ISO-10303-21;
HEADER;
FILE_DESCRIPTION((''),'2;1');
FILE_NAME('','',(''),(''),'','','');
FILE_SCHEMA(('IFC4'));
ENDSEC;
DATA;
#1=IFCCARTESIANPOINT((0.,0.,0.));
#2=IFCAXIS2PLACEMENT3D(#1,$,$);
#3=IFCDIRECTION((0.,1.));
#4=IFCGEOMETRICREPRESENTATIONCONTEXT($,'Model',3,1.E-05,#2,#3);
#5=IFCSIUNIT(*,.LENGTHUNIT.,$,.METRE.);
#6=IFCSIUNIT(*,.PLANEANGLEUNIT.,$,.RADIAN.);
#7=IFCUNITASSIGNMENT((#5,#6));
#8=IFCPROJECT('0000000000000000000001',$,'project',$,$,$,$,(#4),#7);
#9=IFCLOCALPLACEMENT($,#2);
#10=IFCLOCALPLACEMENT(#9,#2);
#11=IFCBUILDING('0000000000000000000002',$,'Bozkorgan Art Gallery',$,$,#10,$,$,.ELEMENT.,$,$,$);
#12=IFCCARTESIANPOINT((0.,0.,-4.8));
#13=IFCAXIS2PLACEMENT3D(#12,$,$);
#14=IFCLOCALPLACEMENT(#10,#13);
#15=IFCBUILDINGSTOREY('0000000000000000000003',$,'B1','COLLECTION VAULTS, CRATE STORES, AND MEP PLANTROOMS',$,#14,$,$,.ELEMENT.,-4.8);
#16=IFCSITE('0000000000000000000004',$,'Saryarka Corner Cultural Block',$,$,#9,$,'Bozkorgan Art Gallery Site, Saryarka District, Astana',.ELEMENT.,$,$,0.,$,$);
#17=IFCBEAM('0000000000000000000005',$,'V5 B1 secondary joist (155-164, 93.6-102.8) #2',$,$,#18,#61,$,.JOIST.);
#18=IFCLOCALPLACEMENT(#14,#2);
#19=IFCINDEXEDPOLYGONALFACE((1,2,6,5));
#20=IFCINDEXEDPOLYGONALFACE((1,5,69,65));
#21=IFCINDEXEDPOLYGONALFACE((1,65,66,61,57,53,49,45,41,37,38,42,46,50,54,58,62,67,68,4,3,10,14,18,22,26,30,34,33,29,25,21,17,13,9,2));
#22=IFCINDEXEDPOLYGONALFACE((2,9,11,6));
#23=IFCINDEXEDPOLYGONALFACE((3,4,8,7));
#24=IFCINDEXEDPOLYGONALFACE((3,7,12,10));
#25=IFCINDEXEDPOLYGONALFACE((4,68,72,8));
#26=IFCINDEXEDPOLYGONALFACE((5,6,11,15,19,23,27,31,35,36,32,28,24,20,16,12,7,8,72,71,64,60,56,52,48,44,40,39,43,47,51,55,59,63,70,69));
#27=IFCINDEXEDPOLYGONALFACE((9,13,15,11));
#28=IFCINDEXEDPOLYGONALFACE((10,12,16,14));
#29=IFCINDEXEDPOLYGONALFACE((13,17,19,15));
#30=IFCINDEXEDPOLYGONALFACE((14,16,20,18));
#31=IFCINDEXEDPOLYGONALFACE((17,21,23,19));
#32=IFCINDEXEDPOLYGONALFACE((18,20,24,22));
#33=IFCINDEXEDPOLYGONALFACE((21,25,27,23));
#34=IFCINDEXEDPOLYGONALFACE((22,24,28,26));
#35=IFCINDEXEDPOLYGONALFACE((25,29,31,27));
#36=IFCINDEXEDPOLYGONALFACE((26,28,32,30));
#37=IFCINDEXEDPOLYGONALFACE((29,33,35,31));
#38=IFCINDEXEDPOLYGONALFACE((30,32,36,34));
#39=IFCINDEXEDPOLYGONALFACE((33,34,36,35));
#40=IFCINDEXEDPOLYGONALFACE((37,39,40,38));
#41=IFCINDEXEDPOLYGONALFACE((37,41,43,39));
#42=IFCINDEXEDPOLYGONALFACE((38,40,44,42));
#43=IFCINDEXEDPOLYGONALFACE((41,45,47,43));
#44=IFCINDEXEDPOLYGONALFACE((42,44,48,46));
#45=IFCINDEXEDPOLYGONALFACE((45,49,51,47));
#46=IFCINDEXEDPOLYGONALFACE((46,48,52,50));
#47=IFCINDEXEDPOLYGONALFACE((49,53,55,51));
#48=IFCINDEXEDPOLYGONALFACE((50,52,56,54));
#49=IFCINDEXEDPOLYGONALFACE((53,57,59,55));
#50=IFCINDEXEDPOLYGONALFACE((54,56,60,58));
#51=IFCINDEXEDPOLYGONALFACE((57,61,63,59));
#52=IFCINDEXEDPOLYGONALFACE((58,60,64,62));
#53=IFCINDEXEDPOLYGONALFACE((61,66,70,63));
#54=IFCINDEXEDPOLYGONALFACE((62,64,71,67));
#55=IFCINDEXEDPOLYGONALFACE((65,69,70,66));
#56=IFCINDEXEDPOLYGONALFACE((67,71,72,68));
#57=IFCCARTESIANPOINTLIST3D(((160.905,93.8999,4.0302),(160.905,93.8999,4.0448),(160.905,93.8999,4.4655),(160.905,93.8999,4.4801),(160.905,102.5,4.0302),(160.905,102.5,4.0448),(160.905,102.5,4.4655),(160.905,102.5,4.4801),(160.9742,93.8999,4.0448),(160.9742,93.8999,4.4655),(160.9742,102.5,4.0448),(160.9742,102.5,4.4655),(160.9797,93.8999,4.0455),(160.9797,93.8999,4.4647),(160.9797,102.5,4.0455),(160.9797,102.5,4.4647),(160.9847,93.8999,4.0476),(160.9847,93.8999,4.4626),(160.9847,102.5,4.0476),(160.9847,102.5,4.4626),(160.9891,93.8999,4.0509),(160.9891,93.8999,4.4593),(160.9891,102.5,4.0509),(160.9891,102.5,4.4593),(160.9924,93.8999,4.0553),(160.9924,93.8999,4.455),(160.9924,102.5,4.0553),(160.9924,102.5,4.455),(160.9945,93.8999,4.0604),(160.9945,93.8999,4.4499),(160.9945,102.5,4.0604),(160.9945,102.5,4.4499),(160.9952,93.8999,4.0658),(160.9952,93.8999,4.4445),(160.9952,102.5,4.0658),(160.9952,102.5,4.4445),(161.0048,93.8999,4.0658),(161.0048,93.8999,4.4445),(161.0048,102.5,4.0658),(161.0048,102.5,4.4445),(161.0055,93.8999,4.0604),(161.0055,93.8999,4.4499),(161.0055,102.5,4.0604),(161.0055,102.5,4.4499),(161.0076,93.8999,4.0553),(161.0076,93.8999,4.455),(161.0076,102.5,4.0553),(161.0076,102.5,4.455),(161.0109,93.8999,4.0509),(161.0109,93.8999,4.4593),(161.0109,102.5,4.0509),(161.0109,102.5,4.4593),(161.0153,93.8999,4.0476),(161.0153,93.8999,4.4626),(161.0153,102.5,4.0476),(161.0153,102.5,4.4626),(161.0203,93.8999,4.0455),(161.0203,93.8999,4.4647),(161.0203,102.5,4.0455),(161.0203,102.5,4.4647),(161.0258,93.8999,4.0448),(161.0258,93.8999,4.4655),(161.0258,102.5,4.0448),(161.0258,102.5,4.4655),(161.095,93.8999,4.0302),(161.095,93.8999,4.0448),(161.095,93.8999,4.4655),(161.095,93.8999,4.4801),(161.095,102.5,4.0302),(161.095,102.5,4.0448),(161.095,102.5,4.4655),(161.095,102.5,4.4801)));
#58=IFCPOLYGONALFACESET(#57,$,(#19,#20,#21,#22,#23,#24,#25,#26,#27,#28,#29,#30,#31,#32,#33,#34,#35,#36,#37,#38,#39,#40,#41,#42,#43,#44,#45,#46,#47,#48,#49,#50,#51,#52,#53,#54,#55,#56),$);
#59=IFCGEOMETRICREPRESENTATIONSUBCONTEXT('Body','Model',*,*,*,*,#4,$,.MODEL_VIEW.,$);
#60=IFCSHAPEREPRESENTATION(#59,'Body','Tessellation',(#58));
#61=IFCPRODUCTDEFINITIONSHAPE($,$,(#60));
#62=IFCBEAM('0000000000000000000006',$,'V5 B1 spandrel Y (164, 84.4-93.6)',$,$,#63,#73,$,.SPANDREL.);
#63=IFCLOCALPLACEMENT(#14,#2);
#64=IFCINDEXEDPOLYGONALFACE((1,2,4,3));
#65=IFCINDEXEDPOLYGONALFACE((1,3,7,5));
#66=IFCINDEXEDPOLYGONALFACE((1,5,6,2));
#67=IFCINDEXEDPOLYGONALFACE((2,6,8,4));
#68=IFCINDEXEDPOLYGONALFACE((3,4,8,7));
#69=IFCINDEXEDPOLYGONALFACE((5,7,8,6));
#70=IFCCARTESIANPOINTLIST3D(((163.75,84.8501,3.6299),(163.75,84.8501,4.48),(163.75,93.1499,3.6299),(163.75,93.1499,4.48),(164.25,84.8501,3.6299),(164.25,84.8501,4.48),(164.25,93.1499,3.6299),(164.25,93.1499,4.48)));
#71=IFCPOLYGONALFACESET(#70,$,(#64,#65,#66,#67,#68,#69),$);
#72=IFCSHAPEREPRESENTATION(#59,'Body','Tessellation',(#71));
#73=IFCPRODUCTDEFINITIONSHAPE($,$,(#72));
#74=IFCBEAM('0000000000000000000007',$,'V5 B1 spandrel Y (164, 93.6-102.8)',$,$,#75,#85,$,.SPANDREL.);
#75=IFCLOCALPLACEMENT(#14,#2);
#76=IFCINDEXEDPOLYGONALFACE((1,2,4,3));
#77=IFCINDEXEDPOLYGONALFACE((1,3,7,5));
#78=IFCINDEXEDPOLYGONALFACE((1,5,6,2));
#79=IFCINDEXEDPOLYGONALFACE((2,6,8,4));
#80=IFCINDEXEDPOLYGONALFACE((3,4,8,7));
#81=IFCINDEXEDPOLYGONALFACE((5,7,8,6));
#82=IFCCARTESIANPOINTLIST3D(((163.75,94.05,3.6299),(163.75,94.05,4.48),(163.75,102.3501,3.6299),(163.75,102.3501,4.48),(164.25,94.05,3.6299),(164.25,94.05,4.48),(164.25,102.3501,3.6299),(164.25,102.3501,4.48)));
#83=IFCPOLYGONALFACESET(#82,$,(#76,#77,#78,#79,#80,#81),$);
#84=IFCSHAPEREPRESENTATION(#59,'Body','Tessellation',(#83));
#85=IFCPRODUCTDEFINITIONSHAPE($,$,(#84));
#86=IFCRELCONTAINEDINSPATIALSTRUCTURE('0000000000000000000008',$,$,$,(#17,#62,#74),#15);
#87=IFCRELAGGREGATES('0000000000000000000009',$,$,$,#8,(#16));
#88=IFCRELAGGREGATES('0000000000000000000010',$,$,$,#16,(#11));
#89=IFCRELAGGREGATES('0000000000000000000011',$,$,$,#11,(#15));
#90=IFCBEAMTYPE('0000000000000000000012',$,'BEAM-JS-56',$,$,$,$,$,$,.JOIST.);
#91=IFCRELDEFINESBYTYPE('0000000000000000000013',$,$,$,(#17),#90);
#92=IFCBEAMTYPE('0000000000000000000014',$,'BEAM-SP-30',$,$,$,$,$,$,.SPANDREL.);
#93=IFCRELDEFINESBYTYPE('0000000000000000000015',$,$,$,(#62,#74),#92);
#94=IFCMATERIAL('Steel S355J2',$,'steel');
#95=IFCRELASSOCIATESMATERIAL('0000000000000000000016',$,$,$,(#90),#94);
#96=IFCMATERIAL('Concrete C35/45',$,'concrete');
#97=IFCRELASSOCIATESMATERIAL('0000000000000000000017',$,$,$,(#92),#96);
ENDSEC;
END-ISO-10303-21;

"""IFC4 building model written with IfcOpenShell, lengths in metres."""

from ifc_helpers import new_model, si_unit, direction, frame, origin, origin_2d, place, context, subcontext, project, spatial, rectangle, i_section, extrude, material, material_profile, profile_set, type_object, element, save


model = new_model("IFC4")

# Units and contexts
model_context = context("Model", 3, precision=1e-05, world=origin(), true_north=direction((0.0, 1.0)))
body_context = subcontext(model_context, "Body", "Model", "MODEL_VIEW")
ifc_project = project(units=[si_unit("LENGTHUNIT", "METRE"), si_unit("PLANEANGLEUNIT", "RADIAN")], contexts=[model_context])

# Site, building, storey
site_placement = place(None, origin())
site = spatial("IfcSite", under=ifc_project, at=site_placement, Name="Saryarka Corner Cultural Block", LongName="Bozkorgan Art Gallery Site, Saryarka District, Astana", CompositionType="ELEMENT", RefElevation=0.0)
building_placement = place(site_placement, origin())
building = spatial("IfcBuilding", under=site, at=building_placement, Name="Bozkorgan Art Gallery", CompositionType="ELEMENT")
storey_placement = place(building_placement, frame((0.0, 0.0, -4.8)))
storey = spatial("IfcBuildingStorey", under=building, at=storey_placement, Name="B1", Description="COLLECTION VAULTS, CRATE STORES, AND MEP PLANTROOMS", CompositionType="ELEMENT", Elevation=-4.8)

# Beams
ifc_material_1 = material(Name="Concrete C35/45", Category="concrete")
ifc_material_2 = material(Name="Steel S355J2", Category="steel")
ifc_material_profile_1 = material_profile(ifc_material_2, i_section(OverallWidth=0.1899, OverallDepth=0.45, WebThickness=0.0095, FlangeThickness=0.0146, FilletRadius=0.021, at=origin_2d()), Name="IPE 450")
ifc_profile_set_1 = profile_set([ifc_material_profile_1], Name="Steel S355J2")
beam_type_1 = type_object("IfcBeamType", Name="BEAM-JS-56", PredefinedType="JOIST", material=ifc_profile_set_1)
for number, where, z_axis, x_axis, name in (
    (1, (161.0, 93.8999, 4.2551), (0.0, 1.0, 0.0), (-1.0, 0.0, 0.0), "V5 B1 secondary joist (155-164, 93.6-102.8) #2"),
):
    element("IfcBeam", number, at=place(storey_placement, frame(where, z_axis=z_axis, x_axis=x_axis)), inside=storey, type_object=beam_type_1, Name=name, PredefinedType="JOIST", context=body_context, shape_type="SweptSolid", body=[
        extrude(i_section(OverallWidth=0.1899, OverallDepth=0.45, WebThickness=0.0095, FlangeThickness=0.0146, FilletRadius=0.021, at=origin_2d()), origin(), (0.0, 0.0, 1.0), 8.6001),
    ])
ifc_material_profile_2 = material_profile(ifc_material_1, rectangle(XDim=0.5, YDim=0.8501, at=origin_2d()), Name="RC 500x850")
ifc_profile_set_2 = profile_set([ifc_material_profile_2], Name="Concrete C35/45")
beam_type_2 = type_object("IfcBeamType", Name="BEAM-SP-30", PredefinedType="SPANDREL", material=ifc_profile_set_2)
beam_1_placement = place(storey_placement, frame((164.0, 84.8501, 4.0549), z_axis=(0.0, 1.0, 0.0), x_axis=(-1.0, 0.0, 0.0)))
element("IfcBeam", 2, at=beam_1_placement, inside=storey, type_object=beam_type_2, Name="V5 B1 spandrel Y (164, 84.4-93.6)", PredefinedType="SPANDREL", context=body_context, shape_type="SweptSolid", body=[
    extrude(rectangle(XDim=0.5, YDim=0.8501, at=origin_2d()), origin(), (0.0, 0.0, 1.0), 8.2998),
])
beam_2_placement = place(storey_placement, frame((164.0, 94.05, 4.0549), z_axis=(0.0, 1.0, 0.0), x_axis=(-1.0, 0.0, 0.0)))
element("IfcBeam", 3, at=beam_2_placement, inside=storey, type_object=beam_type_2, Name="V5 B1 spandrel Y (164, 93.6-102.8)", PredefinedType="SPANDREL", context=body_context, shape_type="SweptSolid", body=[
    extrude(rectangle(XDim=0.5, YDim=0.8501, at=origin_2d()), origin(), (0.0, 0.0, 1.0), 8.3),
])

save(model, "model.ifc")
